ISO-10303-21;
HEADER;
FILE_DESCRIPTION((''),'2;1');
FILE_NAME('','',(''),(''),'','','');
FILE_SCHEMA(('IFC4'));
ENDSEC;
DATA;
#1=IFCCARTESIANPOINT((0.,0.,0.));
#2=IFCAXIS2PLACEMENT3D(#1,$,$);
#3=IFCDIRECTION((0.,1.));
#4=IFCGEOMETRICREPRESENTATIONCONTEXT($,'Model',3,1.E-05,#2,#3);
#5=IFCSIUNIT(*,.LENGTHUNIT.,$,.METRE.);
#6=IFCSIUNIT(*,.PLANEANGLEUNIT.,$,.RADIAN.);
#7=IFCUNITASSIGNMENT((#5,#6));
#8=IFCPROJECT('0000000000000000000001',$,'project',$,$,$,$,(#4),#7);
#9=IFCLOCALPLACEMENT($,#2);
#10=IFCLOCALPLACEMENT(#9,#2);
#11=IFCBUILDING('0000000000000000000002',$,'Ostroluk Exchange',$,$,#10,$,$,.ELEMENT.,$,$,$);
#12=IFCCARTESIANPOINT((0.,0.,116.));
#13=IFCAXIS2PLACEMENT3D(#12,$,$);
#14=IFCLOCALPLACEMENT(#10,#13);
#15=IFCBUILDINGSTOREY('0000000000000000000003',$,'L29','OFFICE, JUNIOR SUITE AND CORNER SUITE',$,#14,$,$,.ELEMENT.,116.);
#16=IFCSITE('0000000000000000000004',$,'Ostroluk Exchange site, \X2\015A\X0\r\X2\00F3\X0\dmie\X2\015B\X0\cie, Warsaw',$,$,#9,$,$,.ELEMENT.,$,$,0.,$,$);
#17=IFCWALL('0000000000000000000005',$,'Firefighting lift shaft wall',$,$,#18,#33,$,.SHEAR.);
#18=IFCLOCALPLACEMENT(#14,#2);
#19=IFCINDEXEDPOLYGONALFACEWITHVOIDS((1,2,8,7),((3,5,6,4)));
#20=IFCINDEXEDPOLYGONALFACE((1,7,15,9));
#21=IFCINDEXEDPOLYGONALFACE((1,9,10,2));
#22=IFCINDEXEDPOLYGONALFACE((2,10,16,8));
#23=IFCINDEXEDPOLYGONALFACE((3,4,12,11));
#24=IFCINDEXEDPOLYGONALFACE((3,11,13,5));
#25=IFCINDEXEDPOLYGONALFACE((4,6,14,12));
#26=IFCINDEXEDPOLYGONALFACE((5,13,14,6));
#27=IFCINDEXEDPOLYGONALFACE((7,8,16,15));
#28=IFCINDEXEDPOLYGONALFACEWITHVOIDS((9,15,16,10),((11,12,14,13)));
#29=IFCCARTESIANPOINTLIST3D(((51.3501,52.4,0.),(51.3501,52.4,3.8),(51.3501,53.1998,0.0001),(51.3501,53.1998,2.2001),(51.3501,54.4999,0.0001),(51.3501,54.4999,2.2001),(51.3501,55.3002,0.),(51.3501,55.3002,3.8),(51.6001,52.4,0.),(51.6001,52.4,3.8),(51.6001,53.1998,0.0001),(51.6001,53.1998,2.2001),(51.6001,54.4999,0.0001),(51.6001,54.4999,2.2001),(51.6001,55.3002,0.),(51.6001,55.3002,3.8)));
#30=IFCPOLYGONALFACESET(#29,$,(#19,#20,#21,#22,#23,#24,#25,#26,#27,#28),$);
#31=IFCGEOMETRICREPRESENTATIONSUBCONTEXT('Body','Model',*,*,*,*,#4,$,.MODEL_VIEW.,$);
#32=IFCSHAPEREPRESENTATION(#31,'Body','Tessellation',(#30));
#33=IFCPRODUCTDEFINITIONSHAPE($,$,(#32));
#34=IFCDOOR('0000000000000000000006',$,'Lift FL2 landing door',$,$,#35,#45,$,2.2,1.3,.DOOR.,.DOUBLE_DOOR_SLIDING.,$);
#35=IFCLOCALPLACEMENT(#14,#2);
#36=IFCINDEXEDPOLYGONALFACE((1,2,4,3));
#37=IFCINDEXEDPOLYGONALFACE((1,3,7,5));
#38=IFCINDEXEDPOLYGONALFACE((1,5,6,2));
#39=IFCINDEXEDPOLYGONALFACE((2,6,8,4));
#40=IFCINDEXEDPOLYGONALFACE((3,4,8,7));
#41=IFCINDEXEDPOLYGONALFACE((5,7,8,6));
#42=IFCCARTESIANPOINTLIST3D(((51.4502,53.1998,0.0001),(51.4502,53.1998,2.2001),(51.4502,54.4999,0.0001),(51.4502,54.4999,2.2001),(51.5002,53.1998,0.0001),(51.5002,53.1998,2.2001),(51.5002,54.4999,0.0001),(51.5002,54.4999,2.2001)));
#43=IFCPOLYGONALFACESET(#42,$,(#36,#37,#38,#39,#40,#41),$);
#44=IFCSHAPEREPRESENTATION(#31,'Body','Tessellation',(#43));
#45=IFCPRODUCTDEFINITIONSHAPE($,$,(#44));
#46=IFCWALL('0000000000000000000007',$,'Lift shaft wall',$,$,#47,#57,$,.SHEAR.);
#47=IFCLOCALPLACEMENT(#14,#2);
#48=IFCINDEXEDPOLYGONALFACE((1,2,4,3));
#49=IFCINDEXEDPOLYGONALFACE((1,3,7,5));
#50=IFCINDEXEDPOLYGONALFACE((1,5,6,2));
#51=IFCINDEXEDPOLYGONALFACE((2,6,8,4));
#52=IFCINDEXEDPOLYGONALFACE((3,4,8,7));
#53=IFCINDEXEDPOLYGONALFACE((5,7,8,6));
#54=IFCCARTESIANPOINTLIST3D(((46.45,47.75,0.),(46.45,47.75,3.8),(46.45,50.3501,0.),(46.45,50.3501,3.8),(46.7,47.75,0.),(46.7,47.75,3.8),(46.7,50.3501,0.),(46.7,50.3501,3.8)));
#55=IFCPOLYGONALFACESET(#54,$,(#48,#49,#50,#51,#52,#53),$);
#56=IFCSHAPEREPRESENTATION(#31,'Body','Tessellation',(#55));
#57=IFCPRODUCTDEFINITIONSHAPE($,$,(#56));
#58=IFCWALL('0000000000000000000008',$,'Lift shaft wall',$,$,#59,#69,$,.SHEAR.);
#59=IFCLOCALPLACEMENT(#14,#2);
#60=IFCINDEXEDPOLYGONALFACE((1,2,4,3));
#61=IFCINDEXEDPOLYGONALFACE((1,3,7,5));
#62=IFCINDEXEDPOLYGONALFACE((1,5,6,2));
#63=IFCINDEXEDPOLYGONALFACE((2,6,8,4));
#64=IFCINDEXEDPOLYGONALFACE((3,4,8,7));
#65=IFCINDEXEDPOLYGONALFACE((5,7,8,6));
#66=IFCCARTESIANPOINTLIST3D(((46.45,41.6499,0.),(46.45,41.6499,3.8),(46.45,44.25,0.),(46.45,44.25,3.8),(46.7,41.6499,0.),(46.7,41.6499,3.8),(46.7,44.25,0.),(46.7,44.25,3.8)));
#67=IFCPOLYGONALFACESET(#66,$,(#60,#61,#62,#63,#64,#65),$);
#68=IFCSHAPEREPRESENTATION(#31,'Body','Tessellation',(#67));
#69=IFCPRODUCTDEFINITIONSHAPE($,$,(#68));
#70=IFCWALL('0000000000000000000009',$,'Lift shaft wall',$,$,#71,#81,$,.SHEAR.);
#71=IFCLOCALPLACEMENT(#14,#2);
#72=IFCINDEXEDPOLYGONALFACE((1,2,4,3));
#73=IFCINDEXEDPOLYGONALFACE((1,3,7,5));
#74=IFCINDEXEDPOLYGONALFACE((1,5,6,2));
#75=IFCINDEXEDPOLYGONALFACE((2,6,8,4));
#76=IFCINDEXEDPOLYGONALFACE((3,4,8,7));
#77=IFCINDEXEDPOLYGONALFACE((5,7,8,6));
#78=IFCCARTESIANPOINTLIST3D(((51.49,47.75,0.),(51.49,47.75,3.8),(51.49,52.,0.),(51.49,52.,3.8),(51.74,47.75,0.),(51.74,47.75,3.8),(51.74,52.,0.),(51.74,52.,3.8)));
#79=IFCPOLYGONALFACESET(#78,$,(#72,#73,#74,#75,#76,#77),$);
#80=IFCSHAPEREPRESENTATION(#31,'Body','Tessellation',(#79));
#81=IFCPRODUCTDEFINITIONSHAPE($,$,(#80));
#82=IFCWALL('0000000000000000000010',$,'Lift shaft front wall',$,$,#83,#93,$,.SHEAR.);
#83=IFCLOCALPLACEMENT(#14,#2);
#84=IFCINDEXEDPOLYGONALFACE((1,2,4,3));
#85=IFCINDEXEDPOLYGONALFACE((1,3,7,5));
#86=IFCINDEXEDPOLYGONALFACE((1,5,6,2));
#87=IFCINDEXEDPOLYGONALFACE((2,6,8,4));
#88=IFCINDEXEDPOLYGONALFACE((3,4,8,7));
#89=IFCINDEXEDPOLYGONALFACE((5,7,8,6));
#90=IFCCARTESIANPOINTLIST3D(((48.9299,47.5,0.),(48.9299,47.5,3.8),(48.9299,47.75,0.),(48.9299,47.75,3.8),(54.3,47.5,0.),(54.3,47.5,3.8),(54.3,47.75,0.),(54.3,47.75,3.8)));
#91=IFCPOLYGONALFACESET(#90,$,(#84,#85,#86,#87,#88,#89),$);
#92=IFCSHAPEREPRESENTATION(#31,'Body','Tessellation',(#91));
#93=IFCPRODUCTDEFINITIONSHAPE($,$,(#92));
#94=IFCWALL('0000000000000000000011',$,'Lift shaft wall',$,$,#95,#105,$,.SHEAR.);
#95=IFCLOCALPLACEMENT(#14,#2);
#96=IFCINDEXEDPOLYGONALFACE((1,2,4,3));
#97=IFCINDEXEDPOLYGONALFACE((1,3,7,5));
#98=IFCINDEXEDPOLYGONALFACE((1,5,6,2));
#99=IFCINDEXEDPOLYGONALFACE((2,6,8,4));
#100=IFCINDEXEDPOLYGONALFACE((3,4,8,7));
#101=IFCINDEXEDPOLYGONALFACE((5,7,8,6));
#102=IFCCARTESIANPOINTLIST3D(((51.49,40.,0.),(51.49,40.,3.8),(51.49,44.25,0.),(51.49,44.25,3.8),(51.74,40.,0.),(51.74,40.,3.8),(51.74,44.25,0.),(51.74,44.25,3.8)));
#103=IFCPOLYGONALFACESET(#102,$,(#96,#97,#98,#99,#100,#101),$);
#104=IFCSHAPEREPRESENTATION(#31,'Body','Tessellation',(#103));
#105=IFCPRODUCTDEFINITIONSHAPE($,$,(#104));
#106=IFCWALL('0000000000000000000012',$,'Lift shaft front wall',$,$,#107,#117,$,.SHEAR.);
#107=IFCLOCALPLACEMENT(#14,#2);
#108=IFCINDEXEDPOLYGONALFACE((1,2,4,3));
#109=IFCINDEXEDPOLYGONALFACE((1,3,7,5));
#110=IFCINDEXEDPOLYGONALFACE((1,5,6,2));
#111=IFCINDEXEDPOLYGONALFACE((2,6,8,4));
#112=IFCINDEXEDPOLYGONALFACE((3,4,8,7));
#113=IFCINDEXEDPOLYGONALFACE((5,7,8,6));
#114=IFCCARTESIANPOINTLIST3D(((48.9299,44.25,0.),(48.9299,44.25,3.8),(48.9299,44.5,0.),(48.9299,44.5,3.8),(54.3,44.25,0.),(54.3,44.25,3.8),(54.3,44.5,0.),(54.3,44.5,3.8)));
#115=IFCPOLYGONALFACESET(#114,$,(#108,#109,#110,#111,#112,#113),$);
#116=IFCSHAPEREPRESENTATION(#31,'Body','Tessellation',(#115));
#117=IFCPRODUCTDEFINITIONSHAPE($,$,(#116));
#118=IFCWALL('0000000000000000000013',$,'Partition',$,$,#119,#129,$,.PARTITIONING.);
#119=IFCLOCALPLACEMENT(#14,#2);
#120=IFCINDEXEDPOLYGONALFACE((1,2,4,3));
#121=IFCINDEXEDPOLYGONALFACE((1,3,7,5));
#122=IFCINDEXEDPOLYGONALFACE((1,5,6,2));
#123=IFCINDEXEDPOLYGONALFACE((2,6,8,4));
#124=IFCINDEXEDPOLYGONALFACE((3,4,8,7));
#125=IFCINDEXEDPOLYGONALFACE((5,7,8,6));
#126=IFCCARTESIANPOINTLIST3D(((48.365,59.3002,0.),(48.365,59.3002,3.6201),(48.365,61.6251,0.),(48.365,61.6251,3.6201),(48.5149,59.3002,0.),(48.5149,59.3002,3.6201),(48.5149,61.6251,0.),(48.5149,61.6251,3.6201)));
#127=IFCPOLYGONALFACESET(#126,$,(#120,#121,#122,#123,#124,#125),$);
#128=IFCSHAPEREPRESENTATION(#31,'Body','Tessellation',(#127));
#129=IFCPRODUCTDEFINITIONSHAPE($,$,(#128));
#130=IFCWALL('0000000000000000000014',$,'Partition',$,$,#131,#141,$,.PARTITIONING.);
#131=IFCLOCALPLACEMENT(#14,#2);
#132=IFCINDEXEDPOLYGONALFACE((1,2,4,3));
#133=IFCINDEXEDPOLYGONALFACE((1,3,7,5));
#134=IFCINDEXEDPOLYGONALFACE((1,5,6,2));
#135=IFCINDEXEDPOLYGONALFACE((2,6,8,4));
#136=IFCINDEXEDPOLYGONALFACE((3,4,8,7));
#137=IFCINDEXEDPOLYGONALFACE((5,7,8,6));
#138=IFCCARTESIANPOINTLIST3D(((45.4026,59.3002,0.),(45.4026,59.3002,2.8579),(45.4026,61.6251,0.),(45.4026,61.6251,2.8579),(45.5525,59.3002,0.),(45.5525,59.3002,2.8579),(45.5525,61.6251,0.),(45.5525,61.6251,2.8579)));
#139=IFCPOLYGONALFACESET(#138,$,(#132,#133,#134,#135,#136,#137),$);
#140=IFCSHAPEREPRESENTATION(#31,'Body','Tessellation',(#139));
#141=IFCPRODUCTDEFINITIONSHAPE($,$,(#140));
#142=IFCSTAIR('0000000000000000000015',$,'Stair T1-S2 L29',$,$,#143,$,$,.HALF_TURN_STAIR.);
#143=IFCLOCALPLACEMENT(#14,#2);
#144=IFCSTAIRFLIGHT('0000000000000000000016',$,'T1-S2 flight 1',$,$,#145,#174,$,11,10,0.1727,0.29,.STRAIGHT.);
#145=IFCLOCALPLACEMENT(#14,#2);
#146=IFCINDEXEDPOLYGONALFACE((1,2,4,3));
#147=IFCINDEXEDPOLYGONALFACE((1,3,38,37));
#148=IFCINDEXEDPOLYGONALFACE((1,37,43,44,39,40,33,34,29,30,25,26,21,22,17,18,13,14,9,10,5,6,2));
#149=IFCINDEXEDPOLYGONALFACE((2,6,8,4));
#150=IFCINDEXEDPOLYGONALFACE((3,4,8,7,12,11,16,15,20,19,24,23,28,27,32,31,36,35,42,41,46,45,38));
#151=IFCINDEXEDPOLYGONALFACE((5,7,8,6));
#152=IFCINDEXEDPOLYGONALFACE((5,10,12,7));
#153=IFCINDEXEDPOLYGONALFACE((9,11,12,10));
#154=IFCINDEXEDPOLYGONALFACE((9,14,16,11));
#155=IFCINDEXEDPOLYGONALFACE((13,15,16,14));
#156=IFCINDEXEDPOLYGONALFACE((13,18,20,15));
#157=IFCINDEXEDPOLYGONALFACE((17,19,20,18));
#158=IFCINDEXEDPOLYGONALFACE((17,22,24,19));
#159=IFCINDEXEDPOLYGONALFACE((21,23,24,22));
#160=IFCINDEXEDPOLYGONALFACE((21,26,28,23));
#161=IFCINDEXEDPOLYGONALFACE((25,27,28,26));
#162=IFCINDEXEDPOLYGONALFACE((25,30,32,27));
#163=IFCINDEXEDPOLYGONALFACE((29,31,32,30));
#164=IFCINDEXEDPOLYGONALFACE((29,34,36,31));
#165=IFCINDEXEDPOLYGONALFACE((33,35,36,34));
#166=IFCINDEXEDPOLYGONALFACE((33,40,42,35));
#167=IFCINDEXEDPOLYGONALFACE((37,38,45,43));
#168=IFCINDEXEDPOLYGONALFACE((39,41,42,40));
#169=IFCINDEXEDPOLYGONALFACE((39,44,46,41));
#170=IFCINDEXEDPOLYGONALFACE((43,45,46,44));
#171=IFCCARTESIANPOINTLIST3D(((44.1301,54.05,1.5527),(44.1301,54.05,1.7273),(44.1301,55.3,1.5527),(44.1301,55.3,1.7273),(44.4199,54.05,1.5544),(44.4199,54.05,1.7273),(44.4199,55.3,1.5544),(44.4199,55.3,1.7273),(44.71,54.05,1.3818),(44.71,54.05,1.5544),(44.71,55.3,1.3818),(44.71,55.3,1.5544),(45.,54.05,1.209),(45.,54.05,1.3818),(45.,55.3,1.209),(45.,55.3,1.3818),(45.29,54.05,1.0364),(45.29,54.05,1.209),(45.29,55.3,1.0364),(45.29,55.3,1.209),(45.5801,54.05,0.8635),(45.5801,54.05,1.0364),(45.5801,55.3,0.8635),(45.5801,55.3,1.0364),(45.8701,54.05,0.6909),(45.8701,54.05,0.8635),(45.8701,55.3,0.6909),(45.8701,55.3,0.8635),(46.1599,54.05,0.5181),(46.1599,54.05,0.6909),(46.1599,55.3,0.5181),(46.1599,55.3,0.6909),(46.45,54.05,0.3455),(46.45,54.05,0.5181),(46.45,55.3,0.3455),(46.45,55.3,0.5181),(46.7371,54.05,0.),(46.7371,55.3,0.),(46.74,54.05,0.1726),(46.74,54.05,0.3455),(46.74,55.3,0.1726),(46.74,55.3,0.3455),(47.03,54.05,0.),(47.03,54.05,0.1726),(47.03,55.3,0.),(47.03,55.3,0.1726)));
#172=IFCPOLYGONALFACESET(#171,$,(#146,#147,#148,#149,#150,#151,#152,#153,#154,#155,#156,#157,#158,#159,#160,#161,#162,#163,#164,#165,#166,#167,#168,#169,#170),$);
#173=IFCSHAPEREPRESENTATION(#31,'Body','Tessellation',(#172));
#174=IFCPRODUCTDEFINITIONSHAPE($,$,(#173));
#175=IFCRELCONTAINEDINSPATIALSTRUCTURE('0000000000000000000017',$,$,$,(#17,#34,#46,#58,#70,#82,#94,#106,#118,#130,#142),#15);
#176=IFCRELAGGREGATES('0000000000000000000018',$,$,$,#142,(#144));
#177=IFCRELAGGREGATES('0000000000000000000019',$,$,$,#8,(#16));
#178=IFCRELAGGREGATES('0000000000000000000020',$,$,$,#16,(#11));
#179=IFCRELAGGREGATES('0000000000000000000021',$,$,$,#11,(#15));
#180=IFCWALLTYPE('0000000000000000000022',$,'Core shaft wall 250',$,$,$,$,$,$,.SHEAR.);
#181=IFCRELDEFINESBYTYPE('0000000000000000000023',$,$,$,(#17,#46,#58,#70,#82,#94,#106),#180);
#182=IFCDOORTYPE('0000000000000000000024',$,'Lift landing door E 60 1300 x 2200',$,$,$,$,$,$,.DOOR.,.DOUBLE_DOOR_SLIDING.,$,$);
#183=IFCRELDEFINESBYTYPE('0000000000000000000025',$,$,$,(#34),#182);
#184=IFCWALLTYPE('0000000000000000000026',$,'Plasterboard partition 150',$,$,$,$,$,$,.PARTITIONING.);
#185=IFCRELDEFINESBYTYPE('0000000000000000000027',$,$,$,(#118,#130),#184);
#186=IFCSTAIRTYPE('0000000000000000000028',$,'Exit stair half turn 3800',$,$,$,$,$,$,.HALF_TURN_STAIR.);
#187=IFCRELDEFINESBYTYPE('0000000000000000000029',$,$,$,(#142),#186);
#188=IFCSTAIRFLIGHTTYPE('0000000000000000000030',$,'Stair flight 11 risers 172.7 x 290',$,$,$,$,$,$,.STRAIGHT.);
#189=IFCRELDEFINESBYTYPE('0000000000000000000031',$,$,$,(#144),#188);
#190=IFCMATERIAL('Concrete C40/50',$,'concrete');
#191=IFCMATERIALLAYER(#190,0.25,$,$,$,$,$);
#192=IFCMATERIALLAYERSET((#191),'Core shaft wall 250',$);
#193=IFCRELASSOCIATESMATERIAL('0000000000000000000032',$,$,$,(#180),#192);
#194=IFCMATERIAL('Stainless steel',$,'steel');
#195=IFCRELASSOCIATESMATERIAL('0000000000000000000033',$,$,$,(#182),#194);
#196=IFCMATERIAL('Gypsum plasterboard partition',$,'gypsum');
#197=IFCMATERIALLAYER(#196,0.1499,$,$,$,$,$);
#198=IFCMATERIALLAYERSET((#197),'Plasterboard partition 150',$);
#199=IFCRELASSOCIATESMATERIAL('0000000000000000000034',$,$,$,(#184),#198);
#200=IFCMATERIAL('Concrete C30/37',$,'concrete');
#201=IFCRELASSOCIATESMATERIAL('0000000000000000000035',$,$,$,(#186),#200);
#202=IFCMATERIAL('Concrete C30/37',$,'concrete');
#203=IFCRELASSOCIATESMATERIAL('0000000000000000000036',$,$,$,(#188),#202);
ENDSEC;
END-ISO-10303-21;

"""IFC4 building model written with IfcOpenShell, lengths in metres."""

from ifc_helpers import new_model, si_unit, direction, frame, frame_2d, origin, place, context, subcontext, project, spatial, polyline, rectangle, outline, extrude, material, layer, layer_set, type_object, element, fill, aggregate, save


model = new_model("IFC4")

# Units and contexts
model_context = context("Model", 3, precision=1e-05, world=origin(), true_north=direction((0.0, 1.0)))
body_context = subcontext(model_context, "Body", "Model", "MODEL_VIEW")
ifc_project = project(units=[si_unit("LENGTHUNIT", "METRE"), si_unit("PLANEANGLEUNIT", "RADIAN")], contexts=[model_context])

# Site, building, storey
site_placement = place(None, origin())
site = spatial("IfcSite", under=ifc_project, at=site_placement, Name="Ostroluk Exchange site, Śródmieście, Warsaw", CompositionType="ELEMENT", RefElevation=0.0)
building_placement = place(site_placement, origin())
building = spatial("IfcBuilding", under=site, at=building_placement, Name="Ostroluk Exchange", CompositionType="ELEMENT")
storey_placement = place(building_placement, frame((0.0, 0.0, 116.0)))
storey = spatial("IfcBuildingStorey", under=building, at=storey_placement, Name="L29", Description="OFFICE, JUNIOR SUITE AND CORNER SUITE", CompositionType="ELEMENT", Elevation=116.0)

# Wall, opening, door
ifc_material_1 = material(Name="Concrete C40/50", Category="concrete")
ifc_layer_1 = layer(ifc_material_1, 0.25)
ifc_layer_set_1 = layer_set([ifc_layer_1], Name="Core shaft wall 250")
wall_type_1 = type_object("IfcWallType", Name="Core shaft wall 250", PredefinedType="SHEAR", material=ifc_layer_set_1)
wall_1_placement = place(storey_placement, frame((51.4751, 52.3999, 0.0), z_axis=(0.0, 0.0, 1.0), x_axis=(0.0, 1.0, 0.0)))
wall_1 = element("IfcWall", 1, at=wall_1_placement, inside=storey, type_object=wall_type_1, Name="Firefighting lift shaft wall", PredefinedType="SHEAR", context=body_context, shape_type="SweptSolid", body=[
    extrude(rectangle(XDim=2.9001, YDim=0.25, at=frame_2d((1.4502, 0.0))), origin(), (0.0, 0.0, 1.0), 3.8),
])
opening_1_placement = place(wall_1_placement, frame((0.8, 0.0, 0.0)))
opening_1 = element("IfcOpeningElement", 2, at=opening_1_placement, cuts=wall_1, PredefinedType="OPENING", context=body_context, shape_type="SweptSolid", body=[
    extrude(rectangle(XDim=1.3, YDim=2.2, at=frame_2d((0.6499, 1.1001))), frame((0.0, 0.135, 0.0), z_axis=(0.0, -1.0, 0.0), x_axis=(1.0, 0.0, 0.0)), (0.0, 0.0, 1.0), 0.27),
])
ifc_material_2 = material(Name="Stainless steel", Category="steel")
door_type_1 = type_object("IfcDoorType", Name="Lift landing door E 60 1300 x 2200", OperationType="DOUBLE_DOOR_SLIDING", PredefinedType="DOOR", material=ifc_material_2)
door_1_placement = place(opening_1_placement, origin())
door_1 = element("IfcDoor", 3, at=door_1_placement, inside=storey, type_object=door_type_1, Name="Lift FL2 landing door", OperationType="DOUBLE_DOOR_SLIDING", OverallHeight=2.2, OverallWidth=1.3, PredefinedType="DOOR", context=body_context, shape_type="SweptSolid", body=[
    extrude(rectangle(XDim=1.3, YDim=2.2, at=frame_2d((0.6499, 1.1001))), frame((0.0, 0.0249, 0.0), z_axis=(0.0, -1.0, 0.0), x_axis=(1.0, 0.0, 0.0)), (0.0, 0.0, 1.0), 0.05),
])
fill(opening_1, door_1)

# Walls
for number, where, z_axis, x_axis, name in (
    (4, (46.575, 47.75, 0.0), (0.0, 0.0, 1.0), (0.0, 1.0, 0.0), "Lift shaft wall"),
    (5, (46.575, 44.25, 0.0), (0.0, 0.0, 1.0), (0.0, -1.0, 0.0), "Lift shaft wall"),
):
    element("IfcWall", number, at=place(storey_placement, frame(where, z_axis=z_axis, x_axis=x_axis)), inside=storey, type_object=wall_type_1, Name=name, PredefinedType="SHEAR", context=body_context, shape_type="SweptSolid", body=[
        extrude(rectangle(XDim=2.6001, YDim=0.25, at=frame_2d((1.3, 0.0))), origin(), (0.0, 0.0, 1.0), 3.8),
    ])
wall_2_placement = place(storey_placement, frame((51.615, 47.75, 0.0), z_axis=(0.0, 0.0, 1.0), x_axis=(0.0, 1.0, 0.0)))
element("IfcWall", 6, at=wall_2_placement, inside=storey, type_object=wall_type_1, Name="Lift shaft wall", PredefinedType="SHEAR", context=body_context, shape_type="SweptSolid", body=[
    extrude(rectangle(XDim=4.25, YDim=0.25, at=frame_2d((2.125, 0.0))), origin(), (0.0, 0.0, 1.0), 3.8),
])
wall_3_placement = place(storey_placement, frame((48.9299, 47.625, 0.0), z_axis=(0.0, 0.0, 1.0), x_axis=(1.0, 0.0, 0.0)))
element("IfcWall", 7, at=wall_3_placement, inside=storey, type_object=wall_type_1, Name="Lift shaft front wall", PredefinedType="SHEAR", context=body_context, shape_type="SweptSolid", body=[
    extrude(rectangle(XDim=5.3701, YDim=0.25, at=frame_2d((2.6851, 0.0))), origin(), (0.0, 0.0, 1.0), 3.8),
])
wall_4_placement = place(storey_placement, frame((51.615, 44.25, 0.0), z_axis=(0.0, 0.0, 1.0), x_axis=(0.0, -1.0, 0.0)))
element("IfcWall", 8, at=wall_4_placement, inside=storey, type_object=wall_type_1, Name="Lift shaft wall", PredefinedType="SHEAR", context=body_context, shape_type="SweptSolid", body=[
    extrude(rectangle(XDim=4.25, YDim=0.25, at=frame_2d((2.125, 0.0))), origin(), (0.0, 0.0, 1.0), 3.8),
])
wall_5_placement = place(storey_placement, frame((48.9299, 44.375, 0.0), z_axis=(0.0, 0.0, 1.0), x_axis=(1.0, 0.0, 0.0)))
element("IfcWall", 9, at=wall_5_placement, inside=storey, type_object=wall_type_1, Name="Lift shaft front wall", PredefinedType="SHEAR", context=body_context, shape_type="SweptSolid", body=[
    extrude(rectangle(XDim=5.3701, YDim=0.25, at=frame_2d((2.6851, 0.0))), origin(), (0.0, 0.0, 1.0), 3.8),
])
ifc_material_3 = material(Name="Gypsum plasterboard partition", Category="gypsum")
ifc_layer_2 = layer(ifc_material_3, 0.1499)
ifc_layer_set_2 = layer_set([ifc_layer_2], Name="Plasterboard partition 150")
wall_type_2 = type_object("IfcWallType", Name="Plasterboard partition 150", PredefinedType="PARTITIONING", material=ifc_layer_set_2)
wall_6_placement = place(storey_placement, frame((48.4399, 59.3, 0.0), z_axis=(0.0, 0.0, 1.0), x_axis=(0.0, 1.0, 0.0)))
element("IfcWall", 10, at=wall_6_placement, inside=storey, type_object=wall_type_2, Name="Partition", PredefinedType="PARTITIONING", context=body_context, shape_type="SweptSolid", body=[
    extrude(rectangle(XDim=2.325, YDim=0.1499, at=frame_2d((1.1626, 0.0))), origin(), (0.0, 0.0, 1.0), 3.6201),
])
wall_7_placement = place(storey_placement, frame((45.4775, 59.3, 0.0), z_axis=(0.0, 0.0, 1.0), x_axis=(0.0, 1.0, 0.0)))
element("IfcWall", 11, at=wall_7_placement, inside=storey, type_object=wall_type_2, Name="Partition", PredefinedType="PARTITIONING", context=body_context, shape_type="SweptSolid", body=[
    extrude(rectangle(XDim=2.325, YDim=0.1499, at=frame_2d((1.1626, 0.0))), origin(), (0.0, 0.0, 1.0), 2.8579),
])

# Stair, stair flight
ifc_material_4 = material(Name="Concrete C30/37", Category="concrete")
stair_type = type_object("IfcStairType", Name="Exit stair half turn 3800", PredefinedType="HALF_TURN_STAIR", material=ifc_material_4)
stair_placement = place(storey_placement, origin())
stair = element("IfcStair", 12, at=stair_placement, inside=storey, type_object=stair_type, Name="Stair T1-S2 L29", PredefinedType="HALF_TURN_STAIR")
ifc_material_5 = material(Name="Concrete C30/37", Category="concrete")
stair_flight_type = type_object("IfcStairFlightType", Name="Stair flight 11 risers 172.7 x 290", PredefinedType="STRAIGHT", material=ifc_material_5)
stair_flight_placement = place(storey_placement, frame((47.03, 54.675, 0.0), z_axis=(0.0, 0.0, 1.0), x_axis=(-1.0, 0.0, 0.0)))
stair_flight = element("IfcStairFlight", 13, at=stair_flight_placement, type_object=stair_flight_type, Name="T1-S2 flight 1", NumberOfRisers=11, NumberOfTreads=10, PredefinedType="STRAIGHT", RiserHeight=0.1727, TreadLength=0.29, context=body_context, shape_type="SweptSolid", body=[
    extrude(outline(polyline([(0.0, 0.0), (0.0, 0.1726), (0.29, 0.1726), (0.29, 0.3455), (0.5801, 0.3455), (0.5801, 0.5181), (0.8701, 0.5181), (0.8701, 0.6909), (1.1599, 0.6909), (1.1599, 0.8635), (1.45, 0.8635), (1.45, 1.0364), (1.74, 1.0364), (1.74, 1.209), (2.03, 1.209), (2.03, 1.3818), (2.3201, 1.3818), (2.3201, 1.5544), (2.6101, 1.5544), (2.6101, 1.7273), (2.8999, 1.7273), (2.8999, 1.8999), (2.8999, 1.5527), (0.293, 0.0), (0.0, 0.0)])), frame((0.0, 0.625, 0.0), z_axis=(0.0, -1.0, 0.0), x_axis=(1.0, 0.0, 0.0)), (0.0, 0.0, 1.0), 1.25),
])
aggregate(stair, [stair_flight])

save(model, "model.ifc")
